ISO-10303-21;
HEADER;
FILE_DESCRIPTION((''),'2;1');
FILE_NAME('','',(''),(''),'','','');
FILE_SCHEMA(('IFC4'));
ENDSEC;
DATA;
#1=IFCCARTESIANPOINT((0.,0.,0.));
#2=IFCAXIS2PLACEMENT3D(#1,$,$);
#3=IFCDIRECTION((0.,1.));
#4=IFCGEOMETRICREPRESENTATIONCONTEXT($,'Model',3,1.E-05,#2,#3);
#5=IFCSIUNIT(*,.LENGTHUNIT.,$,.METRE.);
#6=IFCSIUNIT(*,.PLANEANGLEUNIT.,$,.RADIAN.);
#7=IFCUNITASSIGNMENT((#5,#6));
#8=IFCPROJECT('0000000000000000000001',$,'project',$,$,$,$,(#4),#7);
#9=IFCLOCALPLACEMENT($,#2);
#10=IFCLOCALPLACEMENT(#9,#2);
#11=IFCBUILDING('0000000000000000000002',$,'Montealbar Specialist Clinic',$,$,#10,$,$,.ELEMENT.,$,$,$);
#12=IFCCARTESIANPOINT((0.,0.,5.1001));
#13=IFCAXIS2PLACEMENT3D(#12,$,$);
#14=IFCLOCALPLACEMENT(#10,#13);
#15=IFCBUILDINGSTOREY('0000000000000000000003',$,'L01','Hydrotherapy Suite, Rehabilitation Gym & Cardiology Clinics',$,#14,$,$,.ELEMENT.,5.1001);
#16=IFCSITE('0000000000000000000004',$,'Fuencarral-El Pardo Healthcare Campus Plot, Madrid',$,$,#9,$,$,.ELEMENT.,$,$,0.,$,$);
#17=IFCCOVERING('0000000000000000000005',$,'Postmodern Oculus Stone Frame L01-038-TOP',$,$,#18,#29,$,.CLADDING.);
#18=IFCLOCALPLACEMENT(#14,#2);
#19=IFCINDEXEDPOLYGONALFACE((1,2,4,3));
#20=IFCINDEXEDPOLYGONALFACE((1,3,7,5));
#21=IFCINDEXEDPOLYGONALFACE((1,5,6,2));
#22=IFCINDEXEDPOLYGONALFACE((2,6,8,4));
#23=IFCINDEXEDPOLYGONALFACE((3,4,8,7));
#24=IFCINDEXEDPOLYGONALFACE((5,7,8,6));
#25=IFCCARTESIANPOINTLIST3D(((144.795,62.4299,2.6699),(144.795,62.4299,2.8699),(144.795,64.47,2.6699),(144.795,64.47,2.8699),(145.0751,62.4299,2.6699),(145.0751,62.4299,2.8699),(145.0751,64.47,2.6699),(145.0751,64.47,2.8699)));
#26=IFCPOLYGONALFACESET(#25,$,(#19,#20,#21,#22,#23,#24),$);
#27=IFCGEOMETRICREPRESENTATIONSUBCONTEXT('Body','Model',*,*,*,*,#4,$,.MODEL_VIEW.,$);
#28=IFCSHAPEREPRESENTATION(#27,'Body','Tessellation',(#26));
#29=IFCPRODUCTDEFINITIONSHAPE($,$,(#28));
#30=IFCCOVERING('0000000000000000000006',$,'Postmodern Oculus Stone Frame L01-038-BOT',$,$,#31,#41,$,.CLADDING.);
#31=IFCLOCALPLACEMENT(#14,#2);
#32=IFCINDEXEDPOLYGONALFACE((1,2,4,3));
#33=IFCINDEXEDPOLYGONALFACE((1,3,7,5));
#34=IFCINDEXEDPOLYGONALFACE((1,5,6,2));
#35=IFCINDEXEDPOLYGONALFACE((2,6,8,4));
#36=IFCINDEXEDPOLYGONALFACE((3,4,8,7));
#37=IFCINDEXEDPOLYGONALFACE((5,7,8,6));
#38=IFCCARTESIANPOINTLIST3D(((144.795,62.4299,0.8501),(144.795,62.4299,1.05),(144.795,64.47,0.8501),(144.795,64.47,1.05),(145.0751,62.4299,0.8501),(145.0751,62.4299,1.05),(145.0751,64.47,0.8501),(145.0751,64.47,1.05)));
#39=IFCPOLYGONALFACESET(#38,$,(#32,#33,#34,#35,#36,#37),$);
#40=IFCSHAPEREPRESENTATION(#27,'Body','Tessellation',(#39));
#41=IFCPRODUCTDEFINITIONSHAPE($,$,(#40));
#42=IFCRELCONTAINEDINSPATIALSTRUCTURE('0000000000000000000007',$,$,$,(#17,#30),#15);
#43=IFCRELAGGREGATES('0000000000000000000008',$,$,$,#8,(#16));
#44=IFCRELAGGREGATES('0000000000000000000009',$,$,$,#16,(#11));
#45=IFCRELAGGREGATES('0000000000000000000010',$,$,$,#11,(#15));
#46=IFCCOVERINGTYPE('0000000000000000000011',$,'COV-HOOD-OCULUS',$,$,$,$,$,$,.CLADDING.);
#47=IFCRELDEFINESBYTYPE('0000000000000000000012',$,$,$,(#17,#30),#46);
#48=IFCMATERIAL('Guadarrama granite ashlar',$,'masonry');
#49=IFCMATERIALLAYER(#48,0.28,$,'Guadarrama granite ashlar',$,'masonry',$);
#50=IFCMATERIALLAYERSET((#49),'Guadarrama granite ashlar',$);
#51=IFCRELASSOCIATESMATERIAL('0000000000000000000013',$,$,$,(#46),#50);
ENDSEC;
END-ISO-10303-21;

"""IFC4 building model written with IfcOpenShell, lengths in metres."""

from ifc_helpers import new_model, si_unit, direction, frame, origin, origin_2d, place, context, subcontext, project, spatial, rectangle, extrude, material, layer, layer_set, type_object, element, save


model = new_model("IFC4")

# Units and contexts
model_context = context("Model", 3, precision=1e-05, world=origin(), true_north=direction((0.0, 1.0)))
body_context = subcontext(model_context, "Body", "Model", "MODEL_VIEW")
ifc_project = project(units=[si_unit("LENGTHUNIT", "METRE"), si_unit("PLANEANGLEUNIT", "RADIAN")], contexts=[model_context])

# Site, building, storey
site_placement = place(None, origin())
site = spatial("IfcSite", under=ifc_project, at=site_placement, Name="Fuencarral-El Pardo Healthcare Campus Plot, Madrid", CompositionType="ELEMENT", RefElevation=0.0)
building_placement = place(site_placement, origin())
building = spatial("IfcBuilding", under=site, at=building_placement, Name="Montealbar Specialist Clinic", CompositionType="ELEMENT")
storey_placement = place(building_placement, frame((0.0, 0.0, 5.1001)))
storey = spatial("IfcBuildingStorey", under=building, at=storey_placement, Name="L01", Description="Hydrotherapy Suite, Rehabilitation Gym & Cardiology Clinics", CompositionType="ELEMENT", Elevation=5.1001)

# Coverings
ifc_material_1 = material(Name="Guadarrama granite ashlar", Category="masonry")
ifc_layer_1 = layer(ifc_material_1, 0.28, Name="Guadarrama granite ashlar", Category="masonry")
ifc_layer_set_1 = layer_set([ifc_layer_1], Name="Guadarrama granite ashlar")
covering_type = type_object("IfcCoveringType", Name="COV-HOOD-OCULUS", PredefinedType="CLADDING", material=ifc_layer_set_1)
for number, where, z_axis, x_axis, name in (
    (1, (144.9351, 63.45, 2.6699), (0.0, 0.0, 1.0), (0.0, 1.0, 0.0), "Postmodern Oculus Stone Frame L01-038-TOP"),
    (2, (144.9351, 63.45, 0.8501), (0.0, 0.0, 1.0), (0.0, 1.0, 0.0), "Postmodern Oculus Stone Frame L01-038-BOT"),
):
    element("IfcCovering", number, at=place(storey_placement, frame(where, z_axis=z_axis, x_axis=x_axis)), inside=storey, type_object=covering_type, Name=name, PredefinedType="CLADDING", context=body_context, shape_type="SweptSolid", body=[
        extrude(rectangle(XDim=2.04, YDim=0.28, at=origin_2d()), origin(), (0.0, 0.0, 1.0), 0.2),
    ])

save(model, "model.ifc")
